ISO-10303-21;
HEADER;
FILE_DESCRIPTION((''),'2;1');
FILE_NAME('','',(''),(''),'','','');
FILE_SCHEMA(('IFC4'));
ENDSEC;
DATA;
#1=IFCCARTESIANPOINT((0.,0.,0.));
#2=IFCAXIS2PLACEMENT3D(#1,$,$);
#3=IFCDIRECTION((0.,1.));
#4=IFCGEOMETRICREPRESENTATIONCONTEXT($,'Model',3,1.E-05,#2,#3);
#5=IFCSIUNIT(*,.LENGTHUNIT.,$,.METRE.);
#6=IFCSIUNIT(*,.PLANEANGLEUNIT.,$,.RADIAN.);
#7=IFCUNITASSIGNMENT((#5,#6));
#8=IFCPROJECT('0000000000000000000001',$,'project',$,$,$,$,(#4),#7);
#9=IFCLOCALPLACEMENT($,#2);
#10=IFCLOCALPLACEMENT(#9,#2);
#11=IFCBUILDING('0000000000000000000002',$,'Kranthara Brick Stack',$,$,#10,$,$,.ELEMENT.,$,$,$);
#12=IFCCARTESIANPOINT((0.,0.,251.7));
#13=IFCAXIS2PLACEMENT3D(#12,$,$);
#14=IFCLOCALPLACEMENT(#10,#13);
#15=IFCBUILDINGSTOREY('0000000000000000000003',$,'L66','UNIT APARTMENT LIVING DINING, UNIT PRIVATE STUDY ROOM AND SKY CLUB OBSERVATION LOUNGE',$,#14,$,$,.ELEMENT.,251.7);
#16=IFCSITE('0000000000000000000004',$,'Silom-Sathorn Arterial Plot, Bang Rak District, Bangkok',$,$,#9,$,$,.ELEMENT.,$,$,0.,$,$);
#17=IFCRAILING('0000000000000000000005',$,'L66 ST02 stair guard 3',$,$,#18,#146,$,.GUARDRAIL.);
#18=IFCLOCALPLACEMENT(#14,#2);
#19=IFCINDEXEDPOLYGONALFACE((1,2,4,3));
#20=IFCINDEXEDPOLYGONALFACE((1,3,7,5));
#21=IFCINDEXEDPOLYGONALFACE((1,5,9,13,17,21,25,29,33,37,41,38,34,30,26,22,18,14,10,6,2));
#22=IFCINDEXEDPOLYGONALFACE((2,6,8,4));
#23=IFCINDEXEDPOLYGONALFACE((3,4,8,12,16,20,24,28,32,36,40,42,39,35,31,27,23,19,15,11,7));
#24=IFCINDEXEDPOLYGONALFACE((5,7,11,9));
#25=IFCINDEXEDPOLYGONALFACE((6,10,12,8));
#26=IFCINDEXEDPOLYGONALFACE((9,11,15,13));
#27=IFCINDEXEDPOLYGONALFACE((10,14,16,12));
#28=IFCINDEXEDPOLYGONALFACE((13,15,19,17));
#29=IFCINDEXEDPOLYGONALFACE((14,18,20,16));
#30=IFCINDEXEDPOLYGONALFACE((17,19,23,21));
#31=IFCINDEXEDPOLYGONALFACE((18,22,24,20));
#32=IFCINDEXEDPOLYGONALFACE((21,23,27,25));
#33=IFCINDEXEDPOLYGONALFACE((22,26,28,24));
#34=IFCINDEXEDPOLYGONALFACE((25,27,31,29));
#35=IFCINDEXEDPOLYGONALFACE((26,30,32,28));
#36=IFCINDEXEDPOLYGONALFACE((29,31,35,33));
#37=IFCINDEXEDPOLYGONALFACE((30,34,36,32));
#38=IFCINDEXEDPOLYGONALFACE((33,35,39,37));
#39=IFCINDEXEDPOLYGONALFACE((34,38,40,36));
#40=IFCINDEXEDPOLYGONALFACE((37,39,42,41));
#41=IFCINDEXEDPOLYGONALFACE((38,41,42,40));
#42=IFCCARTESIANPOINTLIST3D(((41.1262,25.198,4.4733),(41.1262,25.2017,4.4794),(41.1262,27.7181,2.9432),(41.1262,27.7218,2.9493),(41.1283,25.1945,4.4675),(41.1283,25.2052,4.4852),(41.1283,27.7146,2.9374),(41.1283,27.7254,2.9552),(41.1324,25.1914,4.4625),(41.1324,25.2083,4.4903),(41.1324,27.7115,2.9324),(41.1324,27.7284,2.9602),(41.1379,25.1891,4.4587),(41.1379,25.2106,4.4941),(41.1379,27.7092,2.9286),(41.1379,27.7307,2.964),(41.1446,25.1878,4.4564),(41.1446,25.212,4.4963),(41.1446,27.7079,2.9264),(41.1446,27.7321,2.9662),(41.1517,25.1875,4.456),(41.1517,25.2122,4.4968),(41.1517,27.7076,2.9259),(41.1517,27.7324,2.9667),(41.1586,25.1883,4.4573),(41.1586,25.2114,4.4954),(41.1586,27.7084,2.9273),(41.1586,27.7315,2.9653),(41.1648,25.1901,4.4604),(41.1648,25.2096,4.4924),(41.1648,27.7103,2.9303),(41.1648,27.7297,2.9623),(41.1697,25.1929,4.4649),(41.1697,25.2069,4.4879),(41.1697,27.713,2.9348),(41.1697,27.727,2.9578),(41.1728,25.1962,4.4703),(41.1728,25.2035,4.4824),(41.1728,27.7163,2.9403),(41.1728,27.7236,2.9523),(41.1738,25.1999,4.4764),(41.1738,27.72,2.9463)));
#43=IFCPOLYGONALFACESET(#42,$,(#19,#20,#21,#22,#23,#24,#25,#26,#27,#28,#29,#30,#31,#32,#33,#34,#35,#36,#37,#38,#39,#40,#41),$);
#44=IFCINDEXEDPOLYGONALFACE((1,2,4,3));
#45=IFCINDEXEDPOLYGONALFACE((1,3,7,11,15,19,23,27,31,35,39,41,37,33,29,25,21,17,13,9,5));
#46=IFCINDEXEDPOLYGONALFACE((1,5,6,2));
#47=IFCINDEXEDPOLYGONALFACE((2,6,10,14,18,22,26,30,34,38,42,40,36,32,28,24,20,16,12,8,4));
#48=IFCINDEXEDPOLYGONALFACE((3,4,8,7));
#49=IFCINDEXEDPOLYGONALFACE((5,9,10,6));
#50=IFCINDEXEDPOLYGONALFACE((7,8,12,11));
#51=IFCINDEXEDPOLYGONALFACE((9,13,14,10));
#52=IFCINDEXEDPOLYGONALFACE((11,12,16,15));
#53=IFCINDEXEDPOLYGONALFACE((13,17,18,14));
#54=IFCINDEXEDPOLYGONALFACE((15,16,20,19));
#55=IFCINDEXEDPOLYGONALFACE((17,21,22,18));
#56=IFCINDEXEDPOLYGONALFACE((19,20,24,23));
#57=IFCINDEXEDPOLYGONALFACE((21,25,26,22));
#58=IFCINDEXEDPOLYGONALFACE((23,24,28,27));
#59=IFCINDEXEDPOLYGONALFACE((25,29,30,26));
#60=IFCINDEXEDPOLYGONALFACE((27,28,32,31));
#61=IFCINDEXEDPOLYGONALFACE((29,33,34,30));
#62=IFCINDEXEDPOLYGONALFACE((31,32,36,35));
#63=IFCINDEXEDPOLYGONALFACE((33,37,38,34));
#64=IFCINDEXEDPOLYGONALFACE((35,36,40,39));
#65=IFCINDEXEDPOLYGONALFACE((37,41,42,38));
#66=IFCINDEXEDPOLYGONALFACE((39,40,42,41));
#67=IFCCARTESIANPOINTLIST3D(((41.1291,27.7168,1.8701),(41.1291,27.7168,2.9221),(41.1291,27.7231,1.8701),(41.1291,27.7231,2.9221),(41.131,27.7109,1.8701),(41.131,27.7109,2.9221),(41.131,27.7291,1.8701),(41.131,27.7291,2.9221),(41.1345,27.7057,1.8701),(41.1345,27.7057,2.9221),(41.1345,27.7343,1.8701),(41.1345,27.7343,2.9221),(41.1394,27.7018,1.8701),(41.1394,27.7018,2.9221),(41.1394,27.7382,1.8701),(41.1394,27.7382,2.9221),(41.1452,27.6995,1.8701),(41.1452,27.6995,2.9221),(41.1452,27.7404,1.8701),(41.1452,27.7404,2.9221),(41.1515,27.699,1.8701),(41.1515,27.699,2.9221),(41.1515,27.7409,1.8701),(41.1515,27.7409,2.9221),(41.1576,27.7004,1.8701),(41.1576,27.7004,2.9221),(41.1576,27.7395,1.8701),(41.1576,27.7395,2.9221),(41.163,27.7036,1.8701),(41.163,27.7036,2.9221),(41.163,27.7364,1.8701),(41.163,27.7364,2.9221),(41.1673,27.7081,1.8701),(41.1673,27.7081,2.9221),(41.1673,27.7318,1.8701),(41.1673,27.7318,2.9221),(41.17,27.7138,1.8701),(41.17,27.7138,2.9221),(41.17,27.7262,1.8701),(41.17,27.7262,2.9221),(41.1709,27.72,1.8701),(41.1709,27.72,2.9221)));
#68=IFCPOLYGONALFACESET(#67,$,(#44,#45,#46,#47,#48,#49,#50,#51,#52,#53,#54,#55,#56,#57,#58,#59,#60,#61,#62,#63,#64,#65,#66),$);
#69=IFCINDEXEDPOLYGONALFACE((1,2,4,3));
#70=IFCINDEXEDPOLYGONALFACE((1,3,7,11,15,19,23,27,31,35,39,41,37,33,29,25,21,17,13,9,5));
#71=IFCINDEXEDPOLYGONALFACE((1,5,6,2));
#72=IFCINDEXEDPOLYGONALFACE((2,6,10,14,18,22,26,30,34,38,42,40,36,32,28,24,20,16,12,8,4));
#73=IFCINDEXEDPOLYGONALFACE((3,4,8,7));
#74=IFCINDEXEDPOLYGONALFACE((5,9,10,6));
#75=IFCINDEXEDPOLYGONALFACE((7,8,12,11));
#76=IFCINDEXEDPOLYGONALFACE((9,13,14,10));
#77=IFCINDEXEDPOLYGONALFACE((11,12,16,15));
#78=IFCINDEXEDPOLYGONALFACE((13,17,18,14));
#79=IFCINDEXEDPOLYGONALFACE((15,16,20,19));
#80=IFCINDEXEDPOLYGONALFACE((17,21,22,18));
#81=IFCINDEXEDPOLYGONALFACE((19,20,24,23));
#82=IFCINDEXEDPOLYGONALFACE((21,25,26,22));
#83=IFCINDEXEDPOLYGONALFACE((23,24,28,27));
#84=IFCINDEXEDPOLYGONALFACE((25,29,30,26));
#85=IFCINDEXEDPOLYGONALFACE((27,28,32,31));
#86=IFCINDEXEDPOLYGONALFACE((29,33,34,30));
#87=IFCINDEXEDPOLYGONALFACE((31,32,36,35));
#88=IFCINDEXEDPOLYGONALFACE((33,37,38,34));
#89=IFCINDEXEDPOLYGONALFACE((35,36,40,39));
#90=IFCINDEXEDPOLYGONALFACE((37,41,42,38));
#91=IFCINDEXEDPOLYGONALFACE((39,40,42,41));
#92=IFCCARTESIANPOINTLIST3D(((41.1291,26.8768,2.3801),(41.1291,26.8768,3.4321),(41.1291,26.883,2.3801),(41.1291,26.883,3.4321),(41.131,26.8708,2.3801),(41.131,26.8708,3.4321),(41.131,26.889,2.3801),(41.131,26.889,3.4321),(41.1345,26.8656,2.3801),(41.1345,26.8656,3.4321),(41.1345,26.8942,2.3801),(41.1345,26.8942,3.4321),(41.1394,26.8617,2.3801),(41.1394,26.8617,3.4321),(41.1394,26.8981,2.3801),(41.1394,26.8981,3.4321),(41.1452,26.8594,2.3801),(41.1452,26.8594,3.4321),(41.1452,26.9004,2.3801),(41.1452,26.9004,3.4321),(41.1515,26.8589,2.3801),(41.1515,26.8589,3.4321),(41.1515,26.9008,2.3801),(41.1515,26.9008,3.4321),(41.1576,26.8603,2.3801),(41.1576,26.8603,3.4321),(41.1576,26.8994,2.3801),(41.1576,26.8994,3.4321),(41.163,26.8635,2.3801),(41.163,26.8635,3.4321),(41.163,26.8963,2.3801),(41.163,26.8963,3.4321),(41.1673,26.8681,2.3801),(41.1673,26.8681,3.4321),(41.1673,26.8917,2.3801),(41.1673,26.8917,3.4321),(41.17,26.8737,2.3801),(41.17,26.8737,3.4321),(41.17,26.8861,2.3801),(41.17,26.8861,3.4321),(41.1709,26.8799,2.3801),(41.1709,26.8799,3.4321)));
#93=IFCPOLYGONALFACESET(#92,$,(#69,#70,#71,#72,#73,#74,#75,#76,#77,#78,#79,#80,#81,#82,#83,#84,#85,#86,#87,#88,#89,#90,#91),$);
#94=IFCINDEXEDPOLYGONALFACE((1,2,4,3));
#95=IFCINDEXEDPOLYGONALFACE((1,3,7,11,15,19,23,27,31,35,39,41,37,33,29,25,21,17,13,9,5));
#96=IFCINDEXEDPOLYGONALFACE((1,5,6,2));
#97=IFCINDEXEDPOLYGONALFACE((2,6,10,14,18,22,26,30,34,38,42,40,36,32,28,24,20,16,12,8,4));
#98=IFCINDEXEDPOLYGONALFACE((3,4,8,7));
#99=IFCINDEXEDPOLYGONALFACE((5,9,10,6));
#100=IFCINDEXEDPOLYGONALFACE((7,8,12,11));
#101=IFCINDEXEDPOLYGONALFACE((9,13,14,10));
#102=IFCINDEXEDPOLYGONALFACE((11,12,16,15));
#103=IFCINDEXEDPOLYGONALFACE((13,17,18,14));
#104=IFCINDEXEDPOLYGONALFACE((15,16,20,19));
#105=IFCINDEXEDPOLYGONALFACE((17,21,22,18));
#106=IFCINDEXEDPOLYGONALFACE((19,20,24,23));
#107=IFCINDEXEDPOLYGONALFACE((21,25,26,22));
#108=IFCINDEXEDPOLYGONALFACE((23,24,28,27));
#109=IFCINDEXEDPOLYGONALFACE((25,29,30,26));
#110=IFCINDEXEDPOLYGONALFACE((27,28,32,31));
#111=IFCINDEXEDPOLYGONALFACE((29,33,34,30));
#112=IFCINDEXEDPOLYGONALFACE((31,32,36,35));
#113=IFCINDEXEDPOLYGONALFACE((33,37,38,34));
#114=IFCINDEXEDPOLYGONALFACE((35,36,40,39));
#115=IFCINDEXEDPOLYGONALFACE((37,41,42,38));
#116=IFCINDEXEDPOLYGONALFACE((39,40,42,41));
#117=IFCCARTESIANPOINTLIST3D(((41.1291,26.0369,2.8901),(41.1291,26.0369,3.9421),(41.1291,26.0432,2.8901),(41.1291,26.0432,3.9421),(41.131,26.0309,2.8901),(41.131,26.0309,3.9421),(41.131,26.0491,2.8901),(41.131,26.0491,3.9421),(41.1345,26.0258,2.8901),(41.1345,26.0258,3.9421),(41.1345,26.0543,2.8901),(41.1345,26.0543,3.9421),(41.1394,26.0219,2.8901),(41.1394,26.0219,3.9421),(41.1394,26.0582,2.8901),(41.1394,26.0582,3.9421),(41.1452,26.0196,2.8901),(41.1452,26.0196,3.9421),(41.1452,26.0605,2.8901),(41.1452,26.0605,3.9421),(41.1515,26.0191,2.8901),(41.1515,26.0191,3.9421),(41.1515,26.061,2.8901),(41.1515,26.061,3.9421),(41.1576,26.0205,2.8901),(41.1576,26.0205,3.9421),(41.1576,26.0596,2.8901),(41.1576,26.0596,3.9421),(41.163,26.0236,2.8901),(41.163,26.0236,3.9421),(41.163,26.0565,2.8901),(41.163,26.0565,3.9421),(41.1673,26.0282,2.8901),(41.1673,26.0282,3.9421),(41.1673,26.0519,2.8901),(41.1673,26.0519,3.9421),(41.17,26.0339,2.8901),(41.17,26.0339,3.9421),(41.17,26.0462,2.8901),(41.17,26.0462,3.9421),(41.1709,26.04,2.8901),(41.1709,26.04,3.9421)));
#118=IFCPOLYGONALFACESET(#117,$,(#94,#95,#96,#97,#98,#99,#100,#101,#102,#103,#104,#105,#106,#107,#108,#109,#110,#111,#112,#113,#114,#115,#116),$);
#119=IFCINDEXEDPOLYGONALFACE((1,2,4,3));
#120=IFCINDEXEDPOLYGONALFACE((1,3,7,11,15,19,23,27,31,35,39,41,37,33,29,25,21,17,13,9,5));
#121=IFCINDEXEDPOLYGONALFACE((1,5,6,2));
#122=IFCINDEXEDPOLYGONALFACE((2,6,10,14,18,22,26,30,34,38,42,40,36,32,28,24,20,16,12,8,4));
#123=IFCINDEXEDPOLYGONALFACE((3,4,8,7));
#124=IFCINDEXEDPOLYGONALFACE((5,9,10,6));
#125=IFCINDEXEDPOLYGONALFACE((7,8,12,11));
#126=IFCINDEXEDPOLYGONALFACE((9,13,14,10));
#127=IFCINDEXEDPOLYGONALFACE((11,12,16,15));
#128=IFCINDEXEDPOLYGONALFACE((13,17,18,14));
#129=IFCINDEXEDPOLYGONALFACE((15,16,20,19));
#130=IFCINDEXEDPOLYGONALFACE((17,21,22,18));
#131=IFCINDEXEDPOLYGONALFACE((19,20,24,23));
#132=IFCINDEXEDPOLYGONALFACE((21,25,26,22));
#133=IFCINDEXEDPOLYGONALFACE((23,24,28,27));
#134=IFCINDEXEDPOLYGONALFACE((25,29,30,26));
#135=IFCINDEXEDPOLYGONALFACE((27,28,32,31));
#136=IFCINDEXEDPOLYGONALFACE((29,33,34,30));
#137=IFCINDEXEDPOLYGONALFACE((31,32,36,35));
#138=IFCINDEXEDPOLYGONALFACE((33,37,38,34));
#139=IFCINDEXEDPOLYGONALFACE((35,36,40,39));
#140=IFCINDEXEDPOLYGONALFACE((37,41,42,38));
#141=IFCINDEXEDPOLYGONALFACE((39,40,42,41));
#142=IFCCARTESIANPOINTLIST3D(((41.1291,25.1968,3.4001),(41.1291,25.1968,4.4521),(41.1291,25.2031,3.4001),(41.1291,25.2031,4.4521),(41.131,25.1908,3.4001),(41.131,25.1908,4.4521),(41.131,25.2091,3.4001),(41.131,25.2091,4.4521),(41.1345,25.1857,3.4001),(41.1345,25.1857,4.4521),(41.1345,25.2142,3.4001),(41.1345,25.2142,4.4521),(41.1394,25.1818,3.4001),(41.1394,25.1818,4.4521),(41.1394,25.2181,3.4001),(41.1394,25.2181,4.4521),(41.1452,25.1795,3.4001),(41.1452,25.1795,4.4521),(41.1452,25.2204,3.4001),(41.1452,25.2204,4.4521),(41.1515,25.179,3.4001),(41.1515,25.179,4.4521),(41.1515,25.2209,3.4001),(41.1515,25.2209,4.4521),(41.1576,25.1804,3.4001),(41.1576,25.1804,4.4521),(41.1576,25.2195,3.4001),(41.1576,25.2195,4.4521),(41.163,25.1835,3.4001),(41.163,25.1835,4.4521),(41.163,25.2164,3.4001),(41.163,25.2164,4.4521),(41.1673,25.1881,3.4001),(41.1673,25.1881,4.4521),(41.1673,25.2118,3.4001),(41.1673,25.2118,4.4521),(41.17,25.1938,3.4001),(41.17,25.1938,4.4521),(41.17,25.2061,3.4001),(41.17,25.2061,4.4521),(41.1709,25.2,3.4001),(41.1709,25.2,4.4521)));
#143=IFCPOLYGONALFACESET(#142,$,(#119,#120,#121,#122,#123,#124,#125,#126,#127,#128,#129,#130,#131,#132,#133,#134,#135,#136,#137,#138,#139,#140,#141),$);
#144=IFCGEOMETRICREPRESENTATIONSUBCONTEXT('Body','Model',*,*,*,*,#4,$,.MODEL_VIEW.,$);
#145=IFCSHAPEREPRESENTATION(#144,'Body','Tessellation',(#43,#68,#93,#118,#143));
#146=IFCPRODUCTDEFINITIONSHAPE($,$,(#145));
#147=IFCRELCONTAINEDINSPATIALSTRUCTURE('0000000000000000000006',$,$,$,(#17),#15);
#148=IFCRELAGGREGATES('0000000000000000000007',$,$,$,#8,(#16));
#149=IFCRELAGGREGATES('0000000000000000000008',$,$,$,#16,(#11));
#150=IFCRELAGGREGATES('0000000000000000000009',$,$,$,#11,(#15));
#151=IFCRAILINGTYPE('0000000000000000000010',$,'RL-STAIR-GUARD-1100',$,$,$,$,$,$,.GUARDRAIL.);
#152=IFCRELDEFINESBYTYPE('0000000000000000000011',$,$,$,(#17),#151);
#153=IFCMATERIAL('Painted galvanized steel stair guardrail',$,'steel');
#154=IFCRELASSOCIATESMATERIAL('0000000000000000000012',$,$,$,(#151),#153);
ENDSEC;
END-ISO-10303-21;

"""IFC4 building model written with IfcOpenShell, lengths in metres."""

from ifc_helpers import new_model, si_unit, direction, frame, origin, origin_2d, place, context, subcontext, project, spatial, circle, extrude, material, type_object, element, save


model = new_model("IFC4")

# Units and contexts
model_context = context("Model", 3, precision=1e-05, world=origin(), true_north=direction((0.0, 1.0)))
body_context = subcontext(model_context, "Body", "Model", "MODEL_VIEW")
ifc_project = project(units=[si_unit("LENGTHUNIT", "METRE"), si_unit("PLANEANGLEUNIT", "RADIAN")], contexts=[model_context])

# Site, building, storey
site_placement = place(None, origin())
site = spatial("IfcSite", under=ifc_project, at=site_placement, Name="Silom-Sathorn Arterial Plot, Bang Rak District, Bangkok", CompositionType="ELEMENT", RefElevation=0.0)
building_placement = place(site_placement, origin())
building = spatial("IfcBuilding", under=site, at=building_placement, Name="Kranthara Brick Stack", CompositionType="ELEMENT")
storey_placement = place(building_placement, frame((0.0, 0.0, 251.7)))
storey = spatial("IfcBuildingStorey", under=building, at=storey_placement, Name="L66", Description="UNIT APARTMENT LIVING DINING, UNIT PRIVATE STUDY ROOM AND SKY CLUB OBSERVATION LOUNGE", CompositionType="ELEMENT", Elevation=251.7)

# Railing
ifc_material_1 = material(Name="Painted galvanized steel stair guardrail", Category="steel")
railing_type_1 = type_object("IfcRailingType", Name="RL-STAIR-GUARD-1100", PredefinedType="GUARDRAIL", material=ifc_material_1)
railing_1_placement = place(storey_placement, frame((41.1499, 27.72, 1.8701)))
element("IfcRailing", 1, at=railing_1_placement, inside=storey, type_object=railing_type_1, Name="L66 ST02 stair guard 3", PredefinedType="GUARDRAIL", context=body_context, shape_type="SweptSolid", body=[
    extrude(circle(Radius=0.0239, at=origin_2d()), frame((0.0, 0.0, 1.0762), z_axis=(0.0, -0.854785, 0.518982), x_axis=(1.0, 0.0, 0.0)), (0.0, 0.0, 1.0), 2.9482),
    extrude(circle(Radius=0.021, at=origin_2d()), origin(), (0.0, 0.0, 1.0), 1.052),
    extrude(circle(Radius=0.021, at=origin_2d()), frame((0.0, -0.8401, 0.51)), (0.0, 0.0, 1.0), 1.052),
    extrude(circle(Radius=0.021, at=origin_2d()), frame((0.0, -1.6799, 1.02)), (0.0, 0.0, 1.0), 1.052),
    extrude(circle(Radius=0.021, at=origin_2d()), frame((0.0, -2.52, 1.53)), (0.0, 0.0, 1.0), 1.052),
])

save(model, "model.ifc")
